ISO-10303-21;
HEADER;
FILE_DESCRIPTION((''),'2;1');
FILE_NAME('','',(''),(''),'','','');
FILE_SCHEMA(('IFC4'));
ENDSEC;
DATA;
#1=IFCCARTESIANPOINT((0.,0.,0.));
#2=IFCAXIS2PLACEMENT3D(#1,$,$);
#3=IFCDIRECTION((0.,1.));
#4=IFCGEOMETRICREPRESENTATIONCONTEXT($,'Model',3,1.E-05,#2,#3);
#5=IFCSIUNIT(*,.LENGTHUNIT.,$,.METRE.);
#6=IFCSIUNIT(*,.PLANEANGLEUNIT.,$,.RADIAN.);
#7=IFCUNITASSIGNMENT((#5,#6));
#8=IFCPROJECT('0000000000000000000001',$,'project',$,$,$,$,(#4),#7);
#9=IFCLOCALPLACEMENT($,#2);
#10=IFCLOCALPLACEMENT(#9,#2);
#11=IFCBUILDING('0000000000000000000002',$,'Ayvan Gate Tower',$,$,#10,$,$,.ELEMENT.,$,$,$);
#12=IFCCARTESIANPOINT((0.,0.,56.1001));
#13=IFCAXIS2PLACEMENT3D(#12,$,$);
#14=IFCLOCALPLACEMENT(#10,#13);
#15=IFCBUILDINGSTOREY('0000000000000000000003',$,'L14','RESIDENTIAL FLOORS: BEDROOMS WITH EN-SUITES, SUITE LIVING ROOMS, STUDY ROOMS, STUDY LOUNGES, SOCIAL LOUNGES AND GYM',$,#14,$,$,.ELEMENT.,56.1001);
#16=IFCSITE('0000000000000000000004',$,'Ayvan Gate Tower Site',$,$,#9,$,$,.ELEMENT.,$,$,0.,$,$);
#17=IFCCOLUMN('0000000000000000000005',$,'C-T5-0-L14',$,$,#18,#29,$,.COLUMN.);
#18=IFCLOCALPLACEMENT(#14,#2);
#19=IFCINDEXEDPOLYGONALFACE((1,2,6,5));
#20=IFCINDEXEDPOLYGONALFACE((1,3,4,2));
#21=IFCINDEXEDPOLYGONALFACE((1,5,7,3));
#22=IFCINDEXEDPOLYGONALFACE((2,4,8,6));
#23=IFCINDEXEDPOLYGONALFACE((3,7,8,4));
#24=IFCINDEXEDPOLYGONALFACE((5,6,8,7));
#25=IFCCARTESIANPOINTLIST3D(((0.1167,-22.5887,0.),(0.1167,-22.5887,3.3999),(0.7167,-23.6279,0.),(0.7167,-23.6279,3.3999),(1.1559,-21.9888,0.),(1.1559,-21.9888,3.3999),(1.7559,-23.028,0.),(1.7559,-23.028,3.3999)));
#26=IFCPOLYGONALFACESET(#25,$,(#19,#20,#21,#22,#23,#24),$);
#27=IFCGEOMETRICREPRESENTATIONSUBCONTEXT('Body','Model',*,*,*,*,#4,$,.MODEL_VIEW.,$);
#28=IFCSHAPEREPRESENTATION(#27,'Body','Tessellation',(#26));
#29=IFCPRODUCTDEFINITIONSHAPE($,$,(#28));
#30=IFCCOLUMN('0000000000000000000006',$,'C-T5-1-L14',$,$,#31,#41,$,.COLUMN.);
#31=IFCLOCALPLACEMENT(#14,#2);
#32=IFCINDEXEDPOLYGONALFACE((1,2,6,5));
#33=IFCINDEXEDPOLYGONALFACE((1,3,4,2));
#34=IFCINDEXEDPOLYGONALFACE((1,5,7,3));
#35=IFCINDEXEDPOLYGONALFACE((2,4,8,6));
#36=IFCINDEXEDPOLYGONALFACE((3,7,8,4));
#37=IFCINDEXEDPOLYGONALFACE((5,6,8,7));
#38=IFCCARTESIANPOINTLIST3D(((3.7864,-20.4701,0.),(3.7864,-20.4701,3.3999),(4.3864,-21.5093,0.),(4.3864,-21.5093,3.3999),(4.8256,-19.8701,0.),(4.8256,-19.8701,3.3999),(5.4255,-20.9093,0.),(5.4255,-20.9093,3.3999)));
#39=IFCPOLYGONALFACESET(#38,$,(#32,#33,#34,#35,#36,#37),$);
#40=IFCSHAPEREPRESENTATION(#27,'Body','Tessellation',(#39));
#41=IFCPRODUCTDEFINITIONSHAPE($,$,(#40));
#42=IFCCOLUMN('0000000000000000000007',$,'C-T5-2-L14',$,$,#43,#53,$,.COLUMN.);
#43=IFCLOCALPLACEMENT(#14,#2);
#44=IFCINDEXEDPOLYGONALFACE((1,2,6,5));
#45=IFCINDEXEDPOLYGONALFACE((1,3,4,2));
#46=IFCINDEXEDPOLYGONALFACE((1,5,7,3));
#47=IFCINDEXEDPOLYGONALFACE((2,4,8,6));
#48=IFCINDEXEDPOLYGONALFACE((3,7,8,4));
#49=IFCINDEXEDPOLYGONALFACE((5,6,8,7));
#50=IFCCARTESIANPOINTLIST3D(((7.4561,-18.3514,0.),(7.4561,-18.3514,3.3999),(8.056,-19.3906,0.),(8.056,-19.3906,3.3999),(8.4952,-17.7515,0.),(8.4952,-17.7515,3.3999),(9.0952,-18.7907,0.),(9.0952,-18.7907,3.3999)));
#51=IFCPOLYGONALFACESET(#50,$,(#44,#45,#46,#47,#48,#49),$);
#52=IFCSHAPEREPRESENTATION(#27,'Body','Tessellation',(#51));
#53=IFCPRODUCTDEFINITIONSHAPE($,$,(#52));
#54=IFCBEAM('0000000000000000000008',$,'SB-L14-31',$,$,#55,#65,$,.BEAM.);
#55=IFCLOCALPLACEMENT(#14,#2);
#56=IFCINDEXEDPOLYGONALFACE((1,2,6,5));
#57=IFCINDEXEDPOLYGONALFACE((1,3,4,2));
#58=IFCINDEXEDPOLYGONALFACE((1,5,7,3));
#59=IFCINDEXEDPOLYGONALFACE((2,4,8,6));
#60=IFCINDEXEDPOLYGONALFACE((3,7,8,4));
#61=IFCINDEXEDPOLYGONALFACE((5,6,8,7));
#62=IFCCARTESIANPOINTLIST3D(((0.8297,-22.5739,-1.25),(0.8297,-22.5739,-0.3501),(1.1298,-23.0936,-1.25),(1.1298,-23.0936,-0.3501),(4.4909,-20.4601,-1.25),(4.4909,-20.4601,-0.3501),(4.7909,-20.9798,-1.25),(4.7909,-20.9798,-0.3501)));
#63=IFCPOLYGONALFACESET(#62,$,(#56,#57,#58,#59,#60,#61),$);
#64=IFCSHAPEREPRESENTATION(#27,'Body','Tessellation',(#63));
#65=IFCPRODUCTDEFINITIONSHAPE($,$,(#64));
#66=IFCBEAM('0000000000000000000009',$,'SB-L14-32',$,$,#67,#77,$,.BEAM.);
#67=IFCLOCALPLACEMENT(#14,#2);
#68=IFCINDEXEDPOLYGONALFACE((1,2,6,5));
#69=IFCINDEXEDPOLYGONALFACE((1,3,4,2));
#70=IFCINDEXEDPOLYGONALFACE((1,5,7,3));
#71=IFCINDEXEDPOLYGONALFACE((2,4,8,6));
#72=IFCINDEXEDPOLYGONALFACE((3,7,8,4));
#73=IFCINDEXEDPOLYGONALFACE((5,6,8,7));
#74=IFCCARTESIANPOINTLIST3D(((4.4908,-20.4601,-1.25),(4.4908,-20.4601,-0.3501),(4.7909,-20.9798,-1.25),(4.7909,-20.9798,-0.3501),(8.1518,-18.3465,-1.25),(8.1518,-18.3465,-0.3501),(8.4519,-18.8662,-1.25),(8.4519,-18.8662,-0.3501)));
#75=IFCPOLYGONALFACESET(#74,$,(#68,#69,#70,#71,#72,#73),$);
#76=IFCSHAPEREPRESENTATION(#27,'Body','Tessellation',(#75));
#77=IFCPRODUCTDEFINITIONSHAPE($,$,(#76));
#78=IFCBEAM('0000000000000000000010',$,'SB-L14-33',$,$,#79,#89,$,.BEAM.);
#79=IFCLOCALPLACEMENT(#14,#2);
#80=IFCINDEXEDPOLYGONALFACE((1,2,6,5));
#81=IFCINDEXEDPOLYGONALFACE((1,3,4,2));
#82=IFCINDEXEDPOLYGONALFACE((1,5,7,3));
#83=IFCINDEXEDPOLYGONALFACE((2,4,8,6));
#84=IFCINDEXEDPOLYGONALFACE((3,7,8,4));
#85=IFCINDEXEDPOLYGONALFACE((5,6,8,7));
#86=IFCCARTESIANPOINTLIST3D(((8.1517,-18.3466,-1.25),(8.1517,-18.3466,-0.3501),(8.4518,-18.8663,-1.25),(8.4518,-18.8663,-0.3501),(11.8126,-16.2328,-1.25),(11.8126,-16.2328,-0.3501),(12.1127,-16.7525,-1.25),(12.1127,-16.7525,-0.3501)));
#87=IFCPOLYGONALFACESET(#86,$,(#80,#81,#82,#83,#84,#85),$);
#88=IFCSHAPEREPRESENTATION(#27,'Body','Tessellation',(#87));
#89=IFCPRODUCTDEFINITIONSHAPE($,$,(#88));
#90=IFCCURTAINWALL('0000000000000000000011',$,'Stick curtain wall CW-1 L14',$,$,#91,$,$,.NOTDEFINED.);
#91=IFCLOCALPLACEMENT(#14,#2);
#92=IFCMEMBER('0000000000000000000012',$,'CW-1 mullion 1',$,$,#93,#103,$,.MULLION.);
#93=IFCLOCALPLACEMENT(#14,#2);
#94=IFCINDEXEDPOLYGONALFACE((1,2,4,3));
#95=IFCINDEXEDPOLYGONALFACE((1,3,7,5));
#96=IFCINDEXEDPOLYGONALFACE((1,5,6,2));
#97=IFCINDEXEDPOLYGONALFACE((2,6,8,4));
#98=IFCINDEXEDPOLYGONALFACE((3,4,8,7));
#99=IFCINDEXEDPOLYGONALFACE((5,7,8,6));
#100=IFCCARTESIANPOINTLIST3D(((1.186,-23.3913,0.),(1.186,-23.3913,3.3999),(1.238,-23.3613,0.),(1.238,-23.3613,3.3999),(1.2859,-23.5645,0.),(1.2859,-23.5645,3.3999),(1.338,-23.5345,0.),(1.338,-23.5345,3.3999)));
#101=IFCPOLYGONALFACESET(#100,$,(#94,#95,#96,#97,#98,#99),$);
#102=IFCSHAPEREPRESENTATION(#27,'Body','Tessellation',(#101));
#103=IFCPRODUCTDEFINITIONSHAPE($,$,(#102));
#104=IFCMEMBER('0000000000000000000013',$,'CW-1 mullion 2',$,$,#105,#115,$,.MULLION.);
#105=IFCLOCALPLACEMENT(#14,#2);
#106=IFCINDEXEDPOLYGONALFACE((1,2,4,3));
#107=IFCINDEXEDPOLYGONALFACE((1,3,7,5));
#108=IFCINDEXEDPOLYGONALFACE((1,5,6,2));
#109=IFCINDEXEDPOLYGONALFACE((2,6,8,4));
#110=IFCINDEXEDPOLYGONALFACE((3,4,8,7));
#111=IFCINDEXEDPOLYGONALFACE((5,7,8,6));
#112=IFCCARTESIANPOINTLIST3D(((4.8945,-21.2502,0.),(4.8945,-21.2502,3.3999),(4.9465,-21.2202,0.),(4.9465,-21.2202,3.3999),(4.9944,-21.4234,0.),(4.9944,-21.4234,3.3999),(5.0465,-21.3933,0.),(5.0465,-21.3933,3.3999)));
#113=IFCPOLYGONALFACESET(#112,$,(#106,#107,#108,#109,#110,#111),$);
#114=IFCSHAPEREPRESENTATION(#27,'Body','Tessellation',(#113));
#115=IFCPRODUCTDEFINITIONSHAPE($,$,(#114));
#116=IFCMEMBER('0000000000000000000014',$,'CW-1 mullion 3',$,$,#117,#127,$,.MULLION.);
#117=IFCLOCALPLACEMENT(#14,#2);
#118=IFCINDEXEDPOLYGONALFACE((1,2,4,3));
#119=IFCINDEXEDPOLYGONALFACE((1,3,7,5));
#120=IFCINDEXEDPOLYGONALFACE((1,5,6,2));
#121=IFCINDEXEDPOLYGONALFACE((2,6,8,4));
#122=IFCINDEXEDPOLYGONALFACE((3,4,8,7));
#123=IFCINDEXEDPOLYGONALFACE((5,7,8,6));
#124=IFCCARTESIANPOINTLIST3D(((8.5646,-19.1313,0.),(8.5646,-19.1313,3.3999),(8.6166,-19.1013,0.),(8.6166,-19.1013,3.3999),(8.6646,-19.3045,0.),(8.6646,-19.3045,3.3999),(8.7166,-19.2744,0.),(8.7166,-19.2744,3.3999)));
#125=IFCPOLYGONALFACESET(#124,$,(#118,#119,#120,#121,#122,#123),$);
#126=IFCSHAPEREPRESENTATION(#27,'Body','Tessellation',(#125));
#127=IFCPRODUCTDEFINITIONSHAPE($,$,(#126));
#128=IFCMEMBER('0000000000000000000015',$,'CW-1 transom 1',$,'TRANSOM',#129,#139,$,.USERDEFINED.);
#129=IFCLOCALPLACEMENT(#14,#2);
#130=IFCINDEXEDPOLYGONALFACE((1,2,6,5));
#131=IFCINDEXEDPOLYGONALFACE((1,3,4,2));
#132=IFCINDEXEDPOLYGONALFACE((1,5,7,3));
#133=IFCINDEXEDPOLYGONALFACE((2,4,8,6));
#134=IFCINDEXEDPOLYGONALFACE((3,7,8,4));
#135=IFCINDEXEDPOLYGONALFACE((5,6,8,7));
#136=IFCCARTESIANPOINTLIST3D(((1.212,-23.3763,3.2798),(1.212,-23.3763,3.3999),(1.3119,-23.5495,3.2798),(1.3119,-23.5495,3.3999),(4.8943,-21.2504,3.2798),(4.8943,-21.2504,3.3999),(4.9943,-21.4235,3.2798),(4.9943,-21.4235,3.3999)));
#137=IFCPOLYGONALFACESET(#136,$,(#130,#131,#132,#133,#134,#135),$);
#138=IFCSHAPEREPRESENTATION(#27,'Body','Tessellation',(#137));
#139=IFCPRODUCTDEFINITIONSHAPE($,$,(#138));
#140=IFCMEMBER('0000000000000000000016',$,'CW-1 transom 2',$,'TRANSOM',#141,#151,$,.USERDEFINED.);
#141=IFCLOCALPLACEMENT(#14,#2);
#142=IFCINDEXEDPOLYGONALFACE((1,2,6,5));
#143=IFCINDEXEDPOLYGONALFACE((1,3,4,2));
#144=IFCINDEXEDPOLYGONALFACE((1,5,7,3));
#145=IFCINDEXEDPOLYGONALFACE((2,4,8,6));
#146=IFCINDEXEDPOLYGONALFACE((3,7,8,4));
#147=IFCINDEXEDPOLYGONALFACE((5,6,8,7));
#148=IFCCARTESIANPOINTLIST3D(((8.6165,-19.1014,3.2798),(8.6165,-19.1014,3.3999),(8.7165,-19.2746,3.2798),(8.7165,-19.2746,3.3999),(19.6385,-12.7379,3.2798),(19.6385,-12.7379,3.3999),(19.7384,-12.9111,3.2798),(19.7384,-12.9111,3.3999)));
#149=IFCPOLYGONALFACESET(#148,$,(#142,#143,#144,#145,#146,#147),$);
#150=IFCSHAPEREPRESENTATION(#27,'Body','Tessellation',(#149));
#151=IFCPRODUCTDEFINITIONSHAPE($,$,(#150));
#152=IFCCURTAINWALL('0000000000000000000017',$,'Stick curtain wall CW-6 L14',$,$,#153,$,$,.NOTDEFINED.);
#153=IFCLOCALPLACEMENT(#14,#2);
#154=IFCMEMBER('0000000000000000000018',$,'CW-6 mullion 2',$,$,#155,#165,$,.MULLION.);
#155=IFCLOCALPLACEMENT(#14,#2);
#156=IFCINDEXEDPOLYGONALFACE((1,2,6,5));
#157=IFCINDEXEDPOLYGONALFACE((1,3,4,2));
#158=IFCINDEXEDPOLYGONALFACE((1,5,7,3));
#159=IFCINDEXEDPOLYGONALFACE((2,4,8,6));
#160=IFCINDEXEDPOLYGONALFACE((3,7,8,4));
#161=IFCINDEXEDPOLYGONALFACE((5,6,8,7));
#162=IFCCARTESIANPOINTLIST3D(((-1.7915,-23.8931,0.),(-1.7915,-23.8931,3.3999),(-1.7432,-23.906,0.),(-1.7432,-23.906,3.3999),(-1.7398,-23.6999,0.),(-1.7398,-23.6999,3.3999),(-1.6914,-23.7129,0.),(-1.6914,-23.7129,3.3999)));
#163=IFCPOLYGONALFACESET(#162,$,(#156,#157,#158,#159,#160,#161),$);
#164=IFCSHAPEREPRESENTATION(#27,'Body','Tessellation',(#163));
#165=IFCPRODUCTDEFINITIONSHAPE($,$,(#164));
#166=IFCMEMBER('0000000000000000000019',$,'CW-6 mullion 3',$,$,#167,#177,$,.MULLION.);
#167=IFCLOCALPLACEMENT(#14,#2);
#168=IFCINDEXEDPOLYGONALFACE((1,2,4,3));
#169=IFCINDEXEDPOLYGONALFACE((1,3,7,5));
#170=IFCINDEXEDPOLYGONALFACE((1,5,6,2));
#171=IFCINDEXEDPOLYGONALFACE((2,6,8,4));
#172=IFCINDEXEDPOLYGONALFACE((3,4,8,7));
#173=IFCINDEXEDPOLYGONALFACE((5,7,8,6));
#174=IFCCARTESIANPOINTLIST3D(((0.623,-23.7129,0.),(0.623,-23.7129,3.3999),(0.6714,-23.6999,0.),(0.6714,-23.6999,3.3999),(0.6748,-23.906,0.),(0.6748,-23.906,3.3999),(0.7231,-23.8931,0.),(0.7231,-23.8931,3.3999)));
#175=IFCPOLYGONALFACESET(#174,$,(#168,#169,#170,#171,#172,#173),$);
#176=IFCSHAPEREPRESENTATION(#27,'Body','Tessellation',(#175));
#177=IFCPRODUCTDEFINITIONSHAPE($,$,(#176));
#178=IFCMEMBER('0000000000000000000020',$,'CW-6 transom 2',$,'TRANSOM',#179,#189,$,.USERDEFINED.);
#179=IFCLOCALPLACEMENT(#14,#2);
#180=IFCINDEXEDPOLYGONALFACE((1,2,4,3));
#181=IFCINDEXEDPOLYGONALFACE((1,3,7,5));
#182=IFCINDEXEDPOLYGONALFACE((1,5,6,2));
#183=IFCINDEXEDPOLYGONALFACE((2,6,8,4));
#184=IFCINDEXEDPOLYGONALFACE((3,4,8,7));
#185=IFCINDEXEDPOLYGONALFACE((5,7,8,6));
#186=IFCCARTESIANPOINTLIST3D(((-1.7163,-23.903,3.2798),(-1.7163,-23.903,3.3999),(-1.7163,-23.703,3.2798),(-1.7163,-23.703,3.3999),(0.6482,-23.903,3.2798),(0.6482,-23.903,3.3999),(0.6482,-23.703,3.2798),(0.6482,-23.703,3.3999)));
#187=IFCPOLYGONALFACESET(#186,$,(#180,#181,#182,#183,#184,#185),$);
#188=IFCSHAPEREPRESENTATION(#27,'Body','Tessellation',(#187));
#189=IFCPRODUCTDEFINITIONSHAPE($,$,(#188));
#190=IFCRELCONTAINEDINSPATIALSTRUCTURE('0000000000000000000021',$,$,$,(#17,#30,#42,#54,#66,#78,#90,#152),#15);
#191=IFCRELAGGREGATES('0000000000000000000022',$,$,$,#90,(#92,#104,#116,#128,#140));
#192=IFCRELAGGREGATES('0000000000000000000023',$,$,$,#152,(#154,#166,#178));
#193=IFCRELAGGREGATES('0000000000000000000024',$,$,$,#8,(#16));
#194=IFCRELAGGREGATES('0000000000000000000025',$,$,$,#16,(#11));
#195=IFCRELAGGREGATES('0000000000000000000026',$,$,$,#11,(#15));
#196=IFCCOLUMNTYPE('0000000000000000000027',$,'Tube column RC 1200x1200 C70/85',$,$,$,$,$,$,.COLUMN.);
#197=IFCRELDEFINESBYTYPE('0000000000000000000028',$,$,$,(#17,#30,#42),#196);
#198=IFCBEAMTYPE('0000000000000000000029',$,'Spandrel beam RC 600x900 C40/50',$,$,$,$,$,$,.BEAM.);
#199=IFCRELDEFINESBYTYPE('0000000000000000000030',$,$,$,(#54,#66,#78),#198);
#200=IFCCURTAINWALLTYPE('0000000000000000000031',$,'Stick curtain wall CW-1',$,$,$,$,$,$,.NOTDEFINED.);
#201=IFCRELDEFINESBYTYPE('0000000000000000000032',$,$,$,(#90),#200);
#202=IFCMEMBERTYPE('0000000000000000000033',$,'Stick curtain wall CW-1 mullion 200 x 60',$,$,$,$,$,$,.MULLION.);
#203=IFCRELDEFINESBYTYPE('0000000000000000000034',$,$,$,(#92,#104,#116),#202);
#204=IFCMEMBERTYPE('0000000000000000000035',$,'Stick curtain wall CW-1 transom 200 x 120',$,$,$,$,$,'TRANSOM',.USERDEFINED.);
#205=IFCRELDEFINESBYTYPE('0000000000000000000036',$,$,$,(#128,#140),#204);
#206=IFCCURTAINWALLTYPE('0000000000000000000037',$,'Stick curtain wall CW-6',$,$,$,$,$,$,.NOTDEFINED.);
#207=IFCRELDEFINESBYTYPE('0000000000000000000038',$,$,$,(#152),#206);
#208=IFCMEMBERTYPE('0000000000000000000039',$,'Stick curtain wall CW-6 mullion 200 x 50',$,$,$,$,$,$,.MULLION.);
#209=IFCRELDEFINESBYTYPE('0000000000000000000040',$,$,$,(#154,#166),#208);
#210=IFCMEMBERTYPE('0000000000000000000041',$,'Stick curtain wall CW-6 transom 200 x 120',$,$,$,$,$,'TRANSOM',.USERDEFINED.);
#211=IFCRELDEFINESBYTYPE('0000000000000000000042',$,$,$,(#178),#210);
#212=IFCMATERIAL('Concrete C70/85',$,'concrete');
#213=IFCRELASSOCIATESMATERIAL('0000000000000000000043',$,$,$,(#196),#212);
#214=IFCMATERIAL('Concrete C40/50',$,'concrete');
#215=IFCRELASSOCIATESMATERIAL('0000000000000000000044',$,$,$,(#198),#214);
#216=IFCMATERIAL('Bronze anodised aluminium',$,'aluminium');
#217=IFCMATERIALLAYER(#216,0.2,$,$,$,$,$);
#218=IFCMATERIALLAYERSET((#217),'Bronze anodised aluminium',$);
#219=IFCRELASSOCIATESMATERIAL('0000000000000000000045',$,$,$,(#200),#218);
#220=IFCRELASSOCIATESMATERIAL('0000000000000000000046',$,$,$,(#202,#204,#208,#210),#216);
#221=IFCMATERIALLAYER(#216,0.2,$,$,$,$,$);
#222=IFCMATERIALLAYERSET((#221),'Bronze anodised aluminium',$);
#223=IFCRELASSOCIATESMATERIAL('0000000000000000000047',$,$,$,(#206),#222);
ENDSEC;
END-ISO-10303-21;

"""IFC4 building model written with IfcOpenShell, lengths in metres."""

from ifc_helpers import new_model, si_unit, direction, frame, origin, origin_2d, place, context, subcontext, project, spatial, rectangle, extrude, material, layer, layer_set, material_profile, profile_set, type_object, element, aggregate, save


model = new_model("IFC4")

# Units and contexts
model_context = context("Model", 3, precision=1e-05, world=origin(), true_north=direction((0.0, 1.0)))
body_context = subcontext(model_context, "Body", "Model", "MODEL_VIEW")
ifc_project = project(units=[si_unit("LENGTHUNIT", "METRE"), si_unit("PLANEANGLEUNIT", "RADIAN")], contexts=[model_context])

# Site, building, storey
site_placement = place(None, origin())
site = spatial("IfcSite", under=ifc_project, at=site_placement, Name="Ayvan Gate Tower Site", CompositionType="ELEMENT", RefElevation=0.0)
building_placement = place(site_placement, origin())
building = spatial("IfcBuilding", under=site, at=building_placement, Name="Ayvan Gate Tower", CompositionType="ELEMENT")
storey_placement = place(building_placement, frame((0.0, 0.0, 56.1001)))
storey = spatial("IfcBuildingStorey", under=building, at=storey_placement, Name="L14", Description="RESIDENTIAL FLOORS: BEDROOMS WITH EN-SUITES, SUITE LIVING ROOMS, STUDY ROOMS, STUDY LOUNGES, SOCIAL LOUNGES AND GYM", CompositionType="ELEMENT", Elevation=56.1001)

# Columns
ifc_material_1 = material(Name="Concrete C70/85", Category="concrete")
ifc_material_profile_1 = material_profile(ifc_material_1, rectangle(XDim=1.2, YDim=1.2, at=origin_2d()), Name="RC 1200x1200")
ifc_profile_set_1 = profile_set([ifc_material_profile_1], Name="Concrete C70/85")
column_type = type_object("IfcColumnType", Name="Tube column RC 1200x1200 C70/85", PredefinedType="COLUMN", material=ifc_profile_set_1)
for number, where, z_axis, x_axis, name in (
    (1, (0.9363, -22.8083, 0.0), (0.0, 0.0, 1.0), (0.5, -0.866025, 0.0), "C-T5-0-L14"),
    (2, (4.606, -20.6897, 0.0), (0.0, 0.0, 1.0), (0.5, -0.866025, 0.0), "C-T5-1-L14"),
    (3, (8.2756, -18.571, 0.0), (0.0, 0.0, 1.0), (0.5, -0.866025, 0.0), "C-T5-2-L14"),
):
    element("IfcColumn", number, at=place(storey_placement, frame(where, z_axis=z_axis, x_axis=x_axis)), inside=storey, type_object=column_type, Name=name, PredefinedType="COLUMN", context=body_context, shape_type="SweptSolid", body=[
        extrude(rectangle(XDim=1.2, YDim=1.2, at=origin_2d()), origin(), (0.0, 0.0, 1.0), 3.3999),
    ])

# Beams
ifc_material_2 = material(Name="Concrete C40/50", Category="concrete")
ifc_material_profile_2 = material_profile(ifc_material_2, rectangle(XDim=0.6001, YDim=0.8999, at=origin_2d()), Name="RC 600x900")
ifc_profile_set_2 = profile_set([ifc_material_profile_2], Name="Concrete C40/50")
beam_type = type_object("IfcBeamType", Name="Spandrel beam RC 600x900 C40/50", PredefinedType="BEAM", material=ifc_profile_set_2)
beam_placement = place(storey_placement, frame((0.9797, -22.8337, -0.8), z_axis=(0.866024, 0.500002, 0.0), x_axis=(-0.500002, 0.866024, 0.0)))
element("IfcBeam", 4, at=beam_placement, inside=storey, type_object=beam_type, Name="SB-L14-31", PredefinedType="BEAM", context=body_context, shape_type="SweptSolid", body=[
    extrude(rectangle(XDim=0.6001, YDim=0.8999, at=origin_2d()), origin(), (0.0, 0.0, 1.0), 4.2275),
])
for number, where, z_axis, x_axis, name in (
    (5, (4.6409, -20.72, -0.8), (0.866035, 0.499984, 0.0), (-0.499984, 0.866035, 0.0), "SB-L14-32"),
    (6, (8.3018, -18.6064, -0.8), (0.86601, 0.500027, 0.0), (-0.500027, 0.86601, 0.0), "SB-L14-33"),
):
    element("IfcBeam", number, at=place(storey_placement, frame(where, z_axis=z_axis, x_axis=x_axis)), inside=storey, type_object=beam_type, Name=name, PredefinedType="BEAM", context=body_context, shape_type="SweptSolid", body=[
        extrude(rectangle(XDim=0.6001, YDim=0.8999, at=origin_2d()), origin(), (0.0, 0.0, 1.0), 4.2273),
    ])

# Curtain walls, members
ifc_material_3 = material(Name="Bronze anodised aluminium", Category="aluminium")
ifc_layer_1 = layer(ifc_material_3, 0.2)
ifc_layer_set_1 = layer_set([ifc_layer_1], Name="Bronze anodised aluminium")
curtain_wall_type_1 = type_object("IfcCurtainWallType", Name="Stick curtain wall CW-1", PredefinedType="NOTDEFINED", material=ifc_layer_set_1)
curtain_wall_1_placement = place(storey_placement, origin())
curtain_wall_1 = element("IfcCurtainWall", 7, at=curtain_wall_1_placement, inside=storey, type_object=curtain_wall_type_1, Name="Stick curtain wall CW-1 L14", PredefinedType="NOTDEFINED")
ifc_material_profile_3 = material_profile(ifc_material_3, rectangle(XDim=0.2, YDim=0.0601, at=origin_2d()), Name="Stick curtain wall CW-1 mullion 200 x 60")
ifc_profile_set_3 = profile_set([ifc_material_profile_3], Name="Bronze anodised aluminium")
member_type_1 = type_object("IfcMemberType", Name="Stick curtain wall CW-1 mullion 200 x 60", PredefinedType="MULLION", material=ifc_profile_set_3)
member_1_placement = place(storey_placement, frame((1.262, -23.4629, 0.0), z_axis=(0.0, 0.0, 1.0), x_axis=(0.5, -0.866025, 0.0)))
member_1 = element("IfcMember", 8, at=member_1_placement, type_object=member_type_1, Name="CW-1 mullion 1", PredefinedType="MULLION", context=body_context, shape_type="SweptSolid", body=[
    extrude(rectangle(XDim=0.2, YDim=0.0601, at=origin_2d()), origin(), (0.0, 0.0, 1.0), 3.3999),
])
member_2_placement = place(storey_placement, frame((4.9705, -21.3218, 0.0), z_axis=(0.0, 0.0, 1.0), x_axis=(0.5, -0.866025, 0.0)))
member_2 = element("IfcMember", 9, at=member_2_placement, type_object=member_type_1, Name="CW-1 mullion 2", PredefinedType="MULLION", context=body_context, shape_type="SweptSolid", body=[
    extrude(rectangle(XDim=0.2, YDim=0.0601, at=origin_2d()), origin(), (0.0, 0.0, 1.0), 3.3999),
])
member_3_placement = place(storey_placement, frame((8.6406, -19.2029, 0.0), z_axis=(0.0, 0.0, 1.0), x_axis=(0.5, -0.866025, 0.0)))
member_3 = element("IfcMember", 10, at=member_3_placement, type_object=member_type_1, Name="CW-1 mullion 3", PredefinedType="MULLION", context=body_context, shape_type="SweptSolid", body=[
    extrude(rectangle(XDim=0.2, YDim=0.0601, at=origin_2d()), origin(), (0.0, 0.0, 1.0), 3.3999),
])
ifc_material_profile_4 = material_profile(ifc_material_3, rectangle(XDim=0.2, YDim=0.1201, at=origin_2d()), Name="Stick curtain wall CW-1 transom 200 x 120")
ifc_profile_set_4 = profile_set([ifc_material_profile_4], Name="Bronze anodised aluminium")
member_type_2 = type_object("IfcMemberType", Name="Stick curtain wall CW-1 transom 200 x 120", ElementType="TRANSOM", PredefinedType="USERDEFINED", material=ifc_profile_set_4)
member_4_placement = place(storey_placement, frame((1.262, -23.4629, 3.3398), z_axis=(0.86603, 0.499993, 0.0), x_axis=(-0.499993, 0.86603, 0.0)))
member_4 = element("IfcMember", 11, at=member_4_placement, type_object=member_type_2, Name="CW-1 transom 1", ObjectType="TRANSOM", PredefinedType="USERDEFINED", context=body_context, shape_type="SweptSolid", body=[
    extrude(rectangle(XDim=0.2, YDim=0.1201, at=origin_2d()), origin(), (0.0, 0.0, 1.0), 4.252),
])
member_5_placement = place(storey_placement, frame((8.6665, -19.188, 3.3398), z_axis=(0.866026, 0.499999, 0.0), x_axis=(-0.499999, 0.866026, 0.0)))
member_5 = element("IfcMember", 12, at=member_5_placement, type_object=member_type_2, Name="CW-1 transom 2", ObjectType="TRANSOM", PredefinedType="USERDEFINED", context=body_context, shape_type="SweptSolid", body=[
    extrude(rectangle(XDim=0.2, YDim=0.1201, at=origin_2d()), origin(), (0.0, 0.0, 1.0), 12.7271),
])
ifc_layer_2 = layer(ifc_material_3, 0.2)
ifc_layer_set_2 = layer_set([ifc_layer_2], Name="Bronze anodised aluminium")
curtain_wall_type_2 = type_object("IfcCurtainWallType", Name="Stick curtain wall CW-6", PredefinedType="NOTDEFINED", material=ifc_layer_set_2)
curtain_wall_2_placement = place(storey_placement, origin())
curtain_wall_2 = element("IfcCurtainWall", 13, at=curtain_wall_2_placement, inside=storey, type_object=curtain_wall_type_2, Name="Stick curtain wall CW-6 L14", PredefinedType="NOTDEFINED")
ifc_material_profile_5 = material_profile(ifc_material_3, rectangle(XDim=0.2, YDim=0.05, at=origin_2d()), Name="Stick curtain wall CW-6 mullion 200 x 50")
ifc_profile_set_5 = profile_set([ifc_material_profile_5], Name="Bronze anodised aluminium")
member_type_3 = type_object("IfcMemberType", Name="Stick curtain wall CW-6 mullion 200 x 50", PredefinedType="MULLION", material=ifc_profile_set_5)
member_6_placement = place(storey_placement, frame((-1.7415, -23.803, 0.0), z_axis=(0.0, 0.0, 1.0), x_axis=(-0.258819, -0.965926, 0.0)))
member_6 = element("IfcMember", 14, at=member_6_placement, type_object=member_type_3, Name="CW-6 mullion 2", PredefinedType="MULLION", context=body_context, shape_type="SweptSolid", body=[
    extrude(rectangle(XDim=0.2, YDim=0.05, at=origin_2d()), origin(), (0.0, 0.0, 1.0), 3.3999),
])
member_7_placement = place(storey_placement, frame((0.6731, -23.803, 0.0), z_axis=(0.0, 0.0, 1.0), x_axis=(0.258819, -0.965926, 0.0)))
member_7 = element("IfcMember", 15, at=member_7_placement, type_object=member_type_3, Name="CW-6 mullion 3", PredefinedType="MULLION", context=body_context, shape_type="SweptSolid", body=[
    extrude(rectangle(XDim=0.2, YDim=0.05, at=origin_2d()), origin(), (0.0, 0.0, 1.0), 3.3999),
])
ifc_material_profile_6 = material_profile(ifc_material_3, rectangle(XDim=0.2, YDim=0.1201, at=origin_2d()), Name="Stick curtain wall CW-6 transom 200 x 120")
ifc_profile_set_6 = profile_set([ifc_material_profile_6], Name="Bronze anodised aluminium")
member_type_4 = type_object("IfcMemberType", Name="Stick curtain wall CW-6 transom 200 x 120", ElementType="TRANSOM", PredefinedType="USERDEFINED", material=ifc_profile_set_6)
member_8_placement = place(storey_placement, frame((-1.7163, -23.803, 3.3398), z_axis=(1.0, 0.0, 0.0), x_axis=(0.0, 1.0, 0.0)))
member_8 = element("IfcMember", 16, at=member_8_placement, type_object=member_type_4, Name="CW-6 transom 2", ObjectType="TRANSOM", PredefinedType="USERDEFINED", context=body_context, shape_type="SweptSolid", body=[
    extrude(rectangle(XDim=0.2, YDim=0.1201, at=origin_2d()), origin(), (0.0, 0.0, 1.0), 2.3645),
])

aggregate(curtain_wall_1, [member_1, member_2, member_3, member_4, member_5])
aggregate(curtain_wall_2, [member_6, member_7, member_8])

save(model, "model.ifc")
